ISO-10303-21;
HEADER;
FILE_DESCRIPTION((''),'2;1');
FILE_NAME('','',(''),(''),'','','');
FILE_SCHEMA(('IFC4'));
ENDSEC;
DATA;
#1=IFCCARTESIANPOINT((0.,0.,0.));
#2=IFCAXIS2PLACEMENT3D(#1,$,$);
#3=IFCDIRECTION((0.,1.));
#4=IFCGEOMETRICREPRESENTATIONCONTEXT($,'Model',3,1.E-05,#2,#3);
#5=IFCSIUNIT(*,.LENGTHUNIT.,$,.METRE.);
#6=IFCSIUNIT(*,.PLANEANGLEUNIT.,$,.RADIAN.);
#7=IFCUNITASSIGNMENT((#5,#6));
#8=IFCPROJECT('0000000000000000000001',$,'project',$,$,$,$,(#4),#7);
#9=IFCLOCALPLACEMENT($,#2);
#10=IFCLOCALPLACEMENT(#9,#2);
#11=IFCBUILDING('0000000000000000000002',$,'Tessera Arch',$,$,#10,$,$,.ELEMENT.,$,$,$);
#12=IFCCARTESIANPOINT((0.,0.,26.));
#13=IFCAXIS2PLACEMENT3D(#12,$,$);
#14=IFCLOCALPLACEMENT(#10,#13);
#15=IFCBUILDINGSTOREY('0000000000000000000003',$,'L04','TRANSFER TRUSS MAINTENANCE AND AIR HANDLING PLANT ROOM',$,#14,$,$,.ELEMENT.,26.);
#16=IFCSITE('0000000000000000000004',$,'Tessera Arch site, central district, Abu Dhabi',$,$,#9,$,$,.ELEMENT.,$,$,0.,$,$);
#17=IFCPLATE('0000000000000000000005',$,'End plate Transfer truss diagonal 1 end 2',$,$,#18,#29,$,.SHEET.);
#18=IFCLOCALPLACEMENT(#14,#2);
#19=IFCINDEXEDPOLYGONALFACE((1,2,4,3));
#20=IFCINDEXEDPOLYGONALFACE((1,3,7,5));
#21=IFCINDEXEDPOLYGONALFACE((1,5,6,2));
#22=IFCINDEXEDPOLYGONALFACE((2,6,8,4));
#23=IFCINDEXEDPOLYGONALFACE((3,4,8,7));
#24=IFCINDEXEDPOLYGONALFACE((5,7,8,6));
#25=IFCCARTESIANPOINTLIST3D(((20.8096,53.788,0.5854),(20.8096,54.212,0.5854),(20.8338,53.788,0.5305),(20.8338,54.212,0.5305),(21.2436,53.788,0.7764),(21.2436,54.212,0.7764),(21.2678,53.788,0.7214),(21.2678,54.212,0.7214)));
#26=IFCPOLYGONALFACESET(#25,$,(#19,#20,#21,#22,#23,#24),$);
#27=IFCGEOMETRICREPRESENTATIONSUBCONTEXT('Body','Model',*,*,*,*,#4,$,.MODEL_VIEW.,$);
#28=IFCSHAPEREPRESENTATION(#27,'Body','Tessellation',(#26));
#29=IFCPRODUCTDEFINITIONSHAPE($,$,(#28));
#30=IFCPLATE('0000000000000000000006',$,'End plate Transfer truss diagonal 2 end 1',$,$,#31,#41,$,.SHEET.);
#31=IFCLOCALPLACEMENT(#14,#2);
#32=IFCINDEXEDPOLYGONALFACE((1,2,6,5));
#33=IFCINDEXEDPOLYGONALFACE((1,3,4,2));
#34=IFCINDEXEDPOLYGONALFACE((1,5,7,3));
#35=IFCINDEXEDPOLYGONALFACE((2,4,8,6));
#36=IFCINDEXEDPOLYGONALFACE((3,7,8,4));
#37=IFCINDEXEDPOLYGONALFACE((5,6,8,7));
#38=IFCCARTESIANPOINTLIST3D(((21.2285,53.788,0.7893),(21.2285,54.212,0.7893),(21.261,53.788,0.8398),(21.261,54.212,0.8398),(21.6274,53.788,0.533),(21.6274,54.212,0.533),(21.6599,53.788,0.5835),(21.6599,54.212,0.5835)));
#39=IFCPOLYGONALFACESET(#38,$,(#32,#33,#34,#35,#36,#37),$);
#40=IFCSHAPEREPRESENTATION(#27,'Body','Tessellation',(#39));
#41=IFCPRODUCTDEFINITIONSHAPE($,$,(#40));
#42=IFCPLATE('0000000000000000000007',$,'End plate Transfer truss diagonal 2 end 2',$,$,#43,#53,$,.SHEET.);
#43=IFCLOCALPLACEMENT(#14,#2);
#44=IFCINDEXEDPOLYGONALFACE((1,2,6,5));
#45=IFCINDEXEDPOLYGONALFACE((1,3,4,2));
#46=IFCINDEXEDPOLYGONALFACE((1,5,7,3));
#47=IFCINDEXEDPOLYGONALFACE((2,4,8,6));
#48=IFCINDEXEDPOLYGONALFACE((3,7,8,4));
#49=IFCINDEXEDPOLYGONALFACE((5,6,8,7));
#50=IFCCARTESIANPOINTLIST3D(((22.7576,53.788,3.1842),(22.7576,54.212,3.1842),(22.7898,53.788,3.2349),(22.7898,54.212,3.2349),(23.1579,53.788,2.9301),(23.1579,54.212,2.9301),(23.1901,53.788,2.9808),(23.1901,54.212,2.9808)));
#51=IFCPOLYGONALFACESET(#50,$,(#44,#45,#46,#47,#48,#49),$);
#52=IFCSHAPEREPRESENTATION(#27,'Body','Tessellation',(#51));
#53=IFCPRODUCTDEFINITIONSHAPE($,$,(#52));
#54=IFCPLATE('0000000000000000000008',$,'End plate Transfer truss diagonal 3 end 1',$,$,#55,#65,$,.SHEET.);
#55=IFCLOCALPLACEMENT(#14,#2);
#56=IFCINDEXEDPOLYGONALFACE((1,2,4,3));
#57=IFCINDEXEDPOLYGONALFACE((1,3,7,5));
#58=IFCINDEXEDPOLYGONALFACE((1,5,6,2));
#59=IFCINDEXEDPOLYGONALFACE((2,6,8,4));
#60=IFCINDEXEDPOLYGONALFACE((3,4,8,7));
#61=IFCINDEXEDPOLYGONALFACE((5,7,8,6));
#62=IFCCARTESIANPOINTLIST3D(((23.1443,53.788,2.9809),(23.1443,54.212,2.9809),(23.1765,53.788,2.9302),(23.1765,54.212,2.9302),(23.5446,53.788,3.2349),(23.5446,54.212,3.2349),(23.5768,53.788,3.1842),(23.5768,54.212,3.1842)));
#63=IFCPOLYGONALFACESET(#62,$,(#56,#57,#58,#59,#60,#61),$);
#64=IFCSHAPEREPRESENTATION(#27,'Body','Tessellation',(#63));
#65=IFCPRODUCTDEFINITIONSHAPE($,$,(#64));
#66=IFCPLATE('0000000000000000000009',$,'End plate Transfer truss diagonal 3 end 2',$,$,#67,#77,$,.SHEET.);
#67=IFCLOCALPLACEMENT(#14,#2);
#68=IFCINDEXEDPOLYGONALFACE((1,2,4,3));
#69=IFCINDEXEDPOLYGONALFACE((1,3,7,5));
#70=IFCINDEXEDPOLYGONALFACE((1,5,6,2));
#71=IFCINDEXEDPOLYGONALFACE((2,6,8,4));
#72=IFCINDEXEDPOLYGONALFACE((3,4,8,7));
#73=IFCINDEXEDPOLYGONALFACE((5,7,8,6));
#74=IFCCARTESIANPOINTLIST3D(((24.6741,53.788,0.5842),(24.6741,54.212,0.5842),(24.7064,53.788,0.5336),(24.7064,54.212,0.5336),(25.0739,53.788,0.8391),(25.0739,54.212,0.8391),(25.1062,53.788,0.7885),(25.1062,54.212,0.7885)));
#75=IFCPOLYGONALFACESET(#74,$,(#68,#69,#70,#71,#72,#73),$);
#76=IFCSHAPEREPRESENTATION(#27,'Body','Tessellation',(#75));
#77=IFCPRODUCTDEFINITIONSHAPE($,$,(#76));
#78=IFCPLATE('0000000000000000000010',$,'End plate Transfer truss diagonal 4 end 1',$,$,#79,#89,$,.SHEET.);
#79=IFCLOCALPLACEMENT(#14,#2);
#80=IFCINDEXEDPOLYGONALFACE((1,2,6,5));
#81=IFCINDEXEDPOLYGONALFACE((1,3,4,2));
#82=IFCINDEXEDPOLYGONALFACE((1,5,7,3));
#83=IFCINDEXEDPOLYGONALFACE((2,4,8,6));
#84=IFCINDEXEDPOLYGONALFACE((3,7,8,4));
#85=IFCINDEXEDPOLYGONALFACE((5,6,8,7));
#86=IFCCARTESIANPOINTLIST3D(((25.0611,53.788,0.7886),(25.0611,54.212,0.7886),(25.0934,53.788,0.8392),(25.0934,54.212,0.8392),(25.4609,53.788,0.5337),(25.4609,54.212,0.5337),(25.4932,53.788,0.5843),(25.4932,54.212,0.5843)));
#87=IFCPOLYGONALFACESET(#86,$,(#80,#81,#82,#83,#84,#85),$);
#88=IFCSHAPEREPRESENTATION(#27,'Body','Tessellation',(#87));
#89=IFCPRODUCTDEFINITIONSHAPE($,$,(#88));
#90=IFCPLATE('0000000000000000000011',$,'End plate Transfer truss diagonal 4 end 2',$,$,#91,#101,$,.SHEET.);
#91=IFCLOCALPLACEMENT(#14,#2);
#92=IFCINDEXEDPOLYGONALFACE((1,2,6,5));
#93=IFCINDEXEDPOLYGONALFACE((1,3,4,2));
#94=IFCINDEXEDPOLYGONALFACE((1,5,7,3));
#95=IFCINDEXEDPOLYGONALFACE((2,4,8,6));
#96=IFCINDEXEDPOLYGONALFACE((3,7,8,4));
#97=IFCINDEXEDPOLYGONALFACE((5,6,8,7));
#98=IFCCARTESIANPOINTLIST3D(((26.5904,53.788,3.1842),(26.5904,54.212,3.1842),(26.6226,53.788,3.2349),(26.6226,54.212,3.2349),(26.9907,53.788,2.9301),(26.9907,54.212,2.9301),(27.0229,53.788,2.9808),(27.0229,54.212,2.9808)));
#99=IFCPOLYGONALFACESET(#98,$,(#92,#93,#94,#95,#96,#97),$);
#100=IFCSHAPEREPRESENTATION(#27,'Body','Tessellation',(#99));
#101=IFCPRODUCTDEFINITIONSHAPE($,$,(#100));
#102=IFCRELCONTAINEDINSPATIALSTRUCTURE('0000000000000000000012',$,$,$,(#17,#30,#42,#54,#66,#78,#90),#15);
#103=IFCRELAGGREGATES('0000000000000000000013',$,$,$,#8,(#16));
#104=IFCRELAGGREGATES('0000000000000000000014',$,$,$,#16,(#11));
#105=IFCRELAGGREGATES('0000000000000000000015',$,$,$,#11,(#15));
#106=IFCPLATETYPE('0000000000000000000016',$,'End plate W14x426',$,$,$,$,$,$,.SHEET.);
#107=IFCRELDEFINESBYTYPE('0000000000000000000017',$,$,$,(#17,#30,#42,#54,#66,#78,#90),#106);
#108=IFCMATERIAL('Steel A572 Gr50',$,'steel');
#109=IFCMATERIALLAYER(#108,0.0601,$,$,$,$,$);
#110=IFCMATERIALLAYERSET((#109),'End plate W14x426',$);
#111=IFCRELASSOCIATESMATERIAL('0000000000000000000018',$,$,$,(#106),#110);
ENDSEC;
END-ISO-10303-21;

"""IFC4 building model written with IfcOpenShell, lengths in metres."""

from ifc_helpers import new_model, si_unit, direction, frame, origin, origin_2d, place, context, subcontext, project, spatial, rectangle, extrude, material, layer, layer_set, type_object, element, save


model = new_model("IFC4")

# Units and contexts
model_context = context("Model", 3, precision=1e-05, world=origin(), true_north=direction((0.0, 1.0)))
body_context = subcontext(model_context, "Body", "Model", "MODEL_VIEW")
ifc_project = project(units=[si_unit("LENGTHUNIT", "METRE"), si_unit("PLANEANGLEUNIT", "RADIAN")], contexts=[model_context])

# Site, building, storey
site_placement = place(None, origin())
site = spatial("IfcSite", under=ifc_project, at=site_placement, Name="Tessera Arch site, central district, Abu Dhabi", CompositionType="ELEMENT", RefElevation=0.0)
building_placement = place(site_placement, origin())
building = spatial("IfcBuilding", under=site, at=building_placement, Name="Tessera Arch", CompositionType="ELEMENT")
storey_placement = place(building_placement, frame((0.0, 0.0, 26.0)))
storey = spatial("IfcBuildingStorey", under=building, at=storey_placement, Name="L04", Description="TRANSFER TRUSS MAINTENANCE AND AIR HANDLING PLANT ROOM", CompositionType="ELEMENT", Elevation=26.0)

# Plates
ifc_material_1 = material(Name="Steel A572 Gr50", Category="steel")
ifc_layer_1 = layer(ifc_material_1, 0.0601)
ifc_layer_set_1 = layer_set([ifc_layer_1], Name="End plate W14x426")
plate_type_1 = type_object("IfcPlateType", Name="End plate W14x426", PredefinedType="SHEET", material=ifc_layer_set_1)
for number, where, z_axis, x_axis, name in (
    (1, (21.0266, 54.0, 0.6809), (0.402739, 0.0, -0.915315), (0.0, 1.0, 0.0), "End plate Transfer truss diagonal 1 end 2"),
    (2, (21.428, 54.0, 0.6611), (0.540552, 0.0, 0.841311), (0.0, 1.0, 0.0), "End plate Transfer truss diagonal 2 end 1"),
    (3, (22.9578, 54.0, 3.0571), (0.535824, 0.0, 0.844329), (0.0, 1.0, 0.0), "End plate Transfer truss diagonal 2 end 2"),
    (4, (23.3445, 54.0, 3.1079), (0.535824, 0.0, -0.844329), (0.0, 1.0, 0.0), "End plate Transfer truss diagonal 3 end 1"),
    (5, (24.874, 54.0, 0.7117), (0.537666, 0.0, -0.843158), (0.0, 1.0, 0.0), "End plate Transfer truss diagonal 3 end 2"),
    (6, (25.261, 54.0, 0.6611), (0.537666, 0.0, 0.843158), (0.0, 1.0, 0.0), "End plate Transfer truss diagonal 4 end 1"),
    (7, (26.7905, 54.0, 3.0571), (0.535824, 0.0, 0.844329), (0.0, 1.0, 0.0), "End plate Transfer truss diagonal 4 end 2"),
):
    element("IfcPlate", number, at=place(storey_placement, frame(where, z_axis=z_axis, x_axis=x_axis)), inside=storey, type_object=plate_type_1, Name=name, PredefinedType="SHEET", context=body_context, shape_type="SweptSolid", body=[
        extrude(rectangle(XDim=0.4241, YDim=0.4741, at=origin_2d()), origin(), (0.0, 0.0, 1.0), 0.0601),
    ])

save(model, "model.ifc")
